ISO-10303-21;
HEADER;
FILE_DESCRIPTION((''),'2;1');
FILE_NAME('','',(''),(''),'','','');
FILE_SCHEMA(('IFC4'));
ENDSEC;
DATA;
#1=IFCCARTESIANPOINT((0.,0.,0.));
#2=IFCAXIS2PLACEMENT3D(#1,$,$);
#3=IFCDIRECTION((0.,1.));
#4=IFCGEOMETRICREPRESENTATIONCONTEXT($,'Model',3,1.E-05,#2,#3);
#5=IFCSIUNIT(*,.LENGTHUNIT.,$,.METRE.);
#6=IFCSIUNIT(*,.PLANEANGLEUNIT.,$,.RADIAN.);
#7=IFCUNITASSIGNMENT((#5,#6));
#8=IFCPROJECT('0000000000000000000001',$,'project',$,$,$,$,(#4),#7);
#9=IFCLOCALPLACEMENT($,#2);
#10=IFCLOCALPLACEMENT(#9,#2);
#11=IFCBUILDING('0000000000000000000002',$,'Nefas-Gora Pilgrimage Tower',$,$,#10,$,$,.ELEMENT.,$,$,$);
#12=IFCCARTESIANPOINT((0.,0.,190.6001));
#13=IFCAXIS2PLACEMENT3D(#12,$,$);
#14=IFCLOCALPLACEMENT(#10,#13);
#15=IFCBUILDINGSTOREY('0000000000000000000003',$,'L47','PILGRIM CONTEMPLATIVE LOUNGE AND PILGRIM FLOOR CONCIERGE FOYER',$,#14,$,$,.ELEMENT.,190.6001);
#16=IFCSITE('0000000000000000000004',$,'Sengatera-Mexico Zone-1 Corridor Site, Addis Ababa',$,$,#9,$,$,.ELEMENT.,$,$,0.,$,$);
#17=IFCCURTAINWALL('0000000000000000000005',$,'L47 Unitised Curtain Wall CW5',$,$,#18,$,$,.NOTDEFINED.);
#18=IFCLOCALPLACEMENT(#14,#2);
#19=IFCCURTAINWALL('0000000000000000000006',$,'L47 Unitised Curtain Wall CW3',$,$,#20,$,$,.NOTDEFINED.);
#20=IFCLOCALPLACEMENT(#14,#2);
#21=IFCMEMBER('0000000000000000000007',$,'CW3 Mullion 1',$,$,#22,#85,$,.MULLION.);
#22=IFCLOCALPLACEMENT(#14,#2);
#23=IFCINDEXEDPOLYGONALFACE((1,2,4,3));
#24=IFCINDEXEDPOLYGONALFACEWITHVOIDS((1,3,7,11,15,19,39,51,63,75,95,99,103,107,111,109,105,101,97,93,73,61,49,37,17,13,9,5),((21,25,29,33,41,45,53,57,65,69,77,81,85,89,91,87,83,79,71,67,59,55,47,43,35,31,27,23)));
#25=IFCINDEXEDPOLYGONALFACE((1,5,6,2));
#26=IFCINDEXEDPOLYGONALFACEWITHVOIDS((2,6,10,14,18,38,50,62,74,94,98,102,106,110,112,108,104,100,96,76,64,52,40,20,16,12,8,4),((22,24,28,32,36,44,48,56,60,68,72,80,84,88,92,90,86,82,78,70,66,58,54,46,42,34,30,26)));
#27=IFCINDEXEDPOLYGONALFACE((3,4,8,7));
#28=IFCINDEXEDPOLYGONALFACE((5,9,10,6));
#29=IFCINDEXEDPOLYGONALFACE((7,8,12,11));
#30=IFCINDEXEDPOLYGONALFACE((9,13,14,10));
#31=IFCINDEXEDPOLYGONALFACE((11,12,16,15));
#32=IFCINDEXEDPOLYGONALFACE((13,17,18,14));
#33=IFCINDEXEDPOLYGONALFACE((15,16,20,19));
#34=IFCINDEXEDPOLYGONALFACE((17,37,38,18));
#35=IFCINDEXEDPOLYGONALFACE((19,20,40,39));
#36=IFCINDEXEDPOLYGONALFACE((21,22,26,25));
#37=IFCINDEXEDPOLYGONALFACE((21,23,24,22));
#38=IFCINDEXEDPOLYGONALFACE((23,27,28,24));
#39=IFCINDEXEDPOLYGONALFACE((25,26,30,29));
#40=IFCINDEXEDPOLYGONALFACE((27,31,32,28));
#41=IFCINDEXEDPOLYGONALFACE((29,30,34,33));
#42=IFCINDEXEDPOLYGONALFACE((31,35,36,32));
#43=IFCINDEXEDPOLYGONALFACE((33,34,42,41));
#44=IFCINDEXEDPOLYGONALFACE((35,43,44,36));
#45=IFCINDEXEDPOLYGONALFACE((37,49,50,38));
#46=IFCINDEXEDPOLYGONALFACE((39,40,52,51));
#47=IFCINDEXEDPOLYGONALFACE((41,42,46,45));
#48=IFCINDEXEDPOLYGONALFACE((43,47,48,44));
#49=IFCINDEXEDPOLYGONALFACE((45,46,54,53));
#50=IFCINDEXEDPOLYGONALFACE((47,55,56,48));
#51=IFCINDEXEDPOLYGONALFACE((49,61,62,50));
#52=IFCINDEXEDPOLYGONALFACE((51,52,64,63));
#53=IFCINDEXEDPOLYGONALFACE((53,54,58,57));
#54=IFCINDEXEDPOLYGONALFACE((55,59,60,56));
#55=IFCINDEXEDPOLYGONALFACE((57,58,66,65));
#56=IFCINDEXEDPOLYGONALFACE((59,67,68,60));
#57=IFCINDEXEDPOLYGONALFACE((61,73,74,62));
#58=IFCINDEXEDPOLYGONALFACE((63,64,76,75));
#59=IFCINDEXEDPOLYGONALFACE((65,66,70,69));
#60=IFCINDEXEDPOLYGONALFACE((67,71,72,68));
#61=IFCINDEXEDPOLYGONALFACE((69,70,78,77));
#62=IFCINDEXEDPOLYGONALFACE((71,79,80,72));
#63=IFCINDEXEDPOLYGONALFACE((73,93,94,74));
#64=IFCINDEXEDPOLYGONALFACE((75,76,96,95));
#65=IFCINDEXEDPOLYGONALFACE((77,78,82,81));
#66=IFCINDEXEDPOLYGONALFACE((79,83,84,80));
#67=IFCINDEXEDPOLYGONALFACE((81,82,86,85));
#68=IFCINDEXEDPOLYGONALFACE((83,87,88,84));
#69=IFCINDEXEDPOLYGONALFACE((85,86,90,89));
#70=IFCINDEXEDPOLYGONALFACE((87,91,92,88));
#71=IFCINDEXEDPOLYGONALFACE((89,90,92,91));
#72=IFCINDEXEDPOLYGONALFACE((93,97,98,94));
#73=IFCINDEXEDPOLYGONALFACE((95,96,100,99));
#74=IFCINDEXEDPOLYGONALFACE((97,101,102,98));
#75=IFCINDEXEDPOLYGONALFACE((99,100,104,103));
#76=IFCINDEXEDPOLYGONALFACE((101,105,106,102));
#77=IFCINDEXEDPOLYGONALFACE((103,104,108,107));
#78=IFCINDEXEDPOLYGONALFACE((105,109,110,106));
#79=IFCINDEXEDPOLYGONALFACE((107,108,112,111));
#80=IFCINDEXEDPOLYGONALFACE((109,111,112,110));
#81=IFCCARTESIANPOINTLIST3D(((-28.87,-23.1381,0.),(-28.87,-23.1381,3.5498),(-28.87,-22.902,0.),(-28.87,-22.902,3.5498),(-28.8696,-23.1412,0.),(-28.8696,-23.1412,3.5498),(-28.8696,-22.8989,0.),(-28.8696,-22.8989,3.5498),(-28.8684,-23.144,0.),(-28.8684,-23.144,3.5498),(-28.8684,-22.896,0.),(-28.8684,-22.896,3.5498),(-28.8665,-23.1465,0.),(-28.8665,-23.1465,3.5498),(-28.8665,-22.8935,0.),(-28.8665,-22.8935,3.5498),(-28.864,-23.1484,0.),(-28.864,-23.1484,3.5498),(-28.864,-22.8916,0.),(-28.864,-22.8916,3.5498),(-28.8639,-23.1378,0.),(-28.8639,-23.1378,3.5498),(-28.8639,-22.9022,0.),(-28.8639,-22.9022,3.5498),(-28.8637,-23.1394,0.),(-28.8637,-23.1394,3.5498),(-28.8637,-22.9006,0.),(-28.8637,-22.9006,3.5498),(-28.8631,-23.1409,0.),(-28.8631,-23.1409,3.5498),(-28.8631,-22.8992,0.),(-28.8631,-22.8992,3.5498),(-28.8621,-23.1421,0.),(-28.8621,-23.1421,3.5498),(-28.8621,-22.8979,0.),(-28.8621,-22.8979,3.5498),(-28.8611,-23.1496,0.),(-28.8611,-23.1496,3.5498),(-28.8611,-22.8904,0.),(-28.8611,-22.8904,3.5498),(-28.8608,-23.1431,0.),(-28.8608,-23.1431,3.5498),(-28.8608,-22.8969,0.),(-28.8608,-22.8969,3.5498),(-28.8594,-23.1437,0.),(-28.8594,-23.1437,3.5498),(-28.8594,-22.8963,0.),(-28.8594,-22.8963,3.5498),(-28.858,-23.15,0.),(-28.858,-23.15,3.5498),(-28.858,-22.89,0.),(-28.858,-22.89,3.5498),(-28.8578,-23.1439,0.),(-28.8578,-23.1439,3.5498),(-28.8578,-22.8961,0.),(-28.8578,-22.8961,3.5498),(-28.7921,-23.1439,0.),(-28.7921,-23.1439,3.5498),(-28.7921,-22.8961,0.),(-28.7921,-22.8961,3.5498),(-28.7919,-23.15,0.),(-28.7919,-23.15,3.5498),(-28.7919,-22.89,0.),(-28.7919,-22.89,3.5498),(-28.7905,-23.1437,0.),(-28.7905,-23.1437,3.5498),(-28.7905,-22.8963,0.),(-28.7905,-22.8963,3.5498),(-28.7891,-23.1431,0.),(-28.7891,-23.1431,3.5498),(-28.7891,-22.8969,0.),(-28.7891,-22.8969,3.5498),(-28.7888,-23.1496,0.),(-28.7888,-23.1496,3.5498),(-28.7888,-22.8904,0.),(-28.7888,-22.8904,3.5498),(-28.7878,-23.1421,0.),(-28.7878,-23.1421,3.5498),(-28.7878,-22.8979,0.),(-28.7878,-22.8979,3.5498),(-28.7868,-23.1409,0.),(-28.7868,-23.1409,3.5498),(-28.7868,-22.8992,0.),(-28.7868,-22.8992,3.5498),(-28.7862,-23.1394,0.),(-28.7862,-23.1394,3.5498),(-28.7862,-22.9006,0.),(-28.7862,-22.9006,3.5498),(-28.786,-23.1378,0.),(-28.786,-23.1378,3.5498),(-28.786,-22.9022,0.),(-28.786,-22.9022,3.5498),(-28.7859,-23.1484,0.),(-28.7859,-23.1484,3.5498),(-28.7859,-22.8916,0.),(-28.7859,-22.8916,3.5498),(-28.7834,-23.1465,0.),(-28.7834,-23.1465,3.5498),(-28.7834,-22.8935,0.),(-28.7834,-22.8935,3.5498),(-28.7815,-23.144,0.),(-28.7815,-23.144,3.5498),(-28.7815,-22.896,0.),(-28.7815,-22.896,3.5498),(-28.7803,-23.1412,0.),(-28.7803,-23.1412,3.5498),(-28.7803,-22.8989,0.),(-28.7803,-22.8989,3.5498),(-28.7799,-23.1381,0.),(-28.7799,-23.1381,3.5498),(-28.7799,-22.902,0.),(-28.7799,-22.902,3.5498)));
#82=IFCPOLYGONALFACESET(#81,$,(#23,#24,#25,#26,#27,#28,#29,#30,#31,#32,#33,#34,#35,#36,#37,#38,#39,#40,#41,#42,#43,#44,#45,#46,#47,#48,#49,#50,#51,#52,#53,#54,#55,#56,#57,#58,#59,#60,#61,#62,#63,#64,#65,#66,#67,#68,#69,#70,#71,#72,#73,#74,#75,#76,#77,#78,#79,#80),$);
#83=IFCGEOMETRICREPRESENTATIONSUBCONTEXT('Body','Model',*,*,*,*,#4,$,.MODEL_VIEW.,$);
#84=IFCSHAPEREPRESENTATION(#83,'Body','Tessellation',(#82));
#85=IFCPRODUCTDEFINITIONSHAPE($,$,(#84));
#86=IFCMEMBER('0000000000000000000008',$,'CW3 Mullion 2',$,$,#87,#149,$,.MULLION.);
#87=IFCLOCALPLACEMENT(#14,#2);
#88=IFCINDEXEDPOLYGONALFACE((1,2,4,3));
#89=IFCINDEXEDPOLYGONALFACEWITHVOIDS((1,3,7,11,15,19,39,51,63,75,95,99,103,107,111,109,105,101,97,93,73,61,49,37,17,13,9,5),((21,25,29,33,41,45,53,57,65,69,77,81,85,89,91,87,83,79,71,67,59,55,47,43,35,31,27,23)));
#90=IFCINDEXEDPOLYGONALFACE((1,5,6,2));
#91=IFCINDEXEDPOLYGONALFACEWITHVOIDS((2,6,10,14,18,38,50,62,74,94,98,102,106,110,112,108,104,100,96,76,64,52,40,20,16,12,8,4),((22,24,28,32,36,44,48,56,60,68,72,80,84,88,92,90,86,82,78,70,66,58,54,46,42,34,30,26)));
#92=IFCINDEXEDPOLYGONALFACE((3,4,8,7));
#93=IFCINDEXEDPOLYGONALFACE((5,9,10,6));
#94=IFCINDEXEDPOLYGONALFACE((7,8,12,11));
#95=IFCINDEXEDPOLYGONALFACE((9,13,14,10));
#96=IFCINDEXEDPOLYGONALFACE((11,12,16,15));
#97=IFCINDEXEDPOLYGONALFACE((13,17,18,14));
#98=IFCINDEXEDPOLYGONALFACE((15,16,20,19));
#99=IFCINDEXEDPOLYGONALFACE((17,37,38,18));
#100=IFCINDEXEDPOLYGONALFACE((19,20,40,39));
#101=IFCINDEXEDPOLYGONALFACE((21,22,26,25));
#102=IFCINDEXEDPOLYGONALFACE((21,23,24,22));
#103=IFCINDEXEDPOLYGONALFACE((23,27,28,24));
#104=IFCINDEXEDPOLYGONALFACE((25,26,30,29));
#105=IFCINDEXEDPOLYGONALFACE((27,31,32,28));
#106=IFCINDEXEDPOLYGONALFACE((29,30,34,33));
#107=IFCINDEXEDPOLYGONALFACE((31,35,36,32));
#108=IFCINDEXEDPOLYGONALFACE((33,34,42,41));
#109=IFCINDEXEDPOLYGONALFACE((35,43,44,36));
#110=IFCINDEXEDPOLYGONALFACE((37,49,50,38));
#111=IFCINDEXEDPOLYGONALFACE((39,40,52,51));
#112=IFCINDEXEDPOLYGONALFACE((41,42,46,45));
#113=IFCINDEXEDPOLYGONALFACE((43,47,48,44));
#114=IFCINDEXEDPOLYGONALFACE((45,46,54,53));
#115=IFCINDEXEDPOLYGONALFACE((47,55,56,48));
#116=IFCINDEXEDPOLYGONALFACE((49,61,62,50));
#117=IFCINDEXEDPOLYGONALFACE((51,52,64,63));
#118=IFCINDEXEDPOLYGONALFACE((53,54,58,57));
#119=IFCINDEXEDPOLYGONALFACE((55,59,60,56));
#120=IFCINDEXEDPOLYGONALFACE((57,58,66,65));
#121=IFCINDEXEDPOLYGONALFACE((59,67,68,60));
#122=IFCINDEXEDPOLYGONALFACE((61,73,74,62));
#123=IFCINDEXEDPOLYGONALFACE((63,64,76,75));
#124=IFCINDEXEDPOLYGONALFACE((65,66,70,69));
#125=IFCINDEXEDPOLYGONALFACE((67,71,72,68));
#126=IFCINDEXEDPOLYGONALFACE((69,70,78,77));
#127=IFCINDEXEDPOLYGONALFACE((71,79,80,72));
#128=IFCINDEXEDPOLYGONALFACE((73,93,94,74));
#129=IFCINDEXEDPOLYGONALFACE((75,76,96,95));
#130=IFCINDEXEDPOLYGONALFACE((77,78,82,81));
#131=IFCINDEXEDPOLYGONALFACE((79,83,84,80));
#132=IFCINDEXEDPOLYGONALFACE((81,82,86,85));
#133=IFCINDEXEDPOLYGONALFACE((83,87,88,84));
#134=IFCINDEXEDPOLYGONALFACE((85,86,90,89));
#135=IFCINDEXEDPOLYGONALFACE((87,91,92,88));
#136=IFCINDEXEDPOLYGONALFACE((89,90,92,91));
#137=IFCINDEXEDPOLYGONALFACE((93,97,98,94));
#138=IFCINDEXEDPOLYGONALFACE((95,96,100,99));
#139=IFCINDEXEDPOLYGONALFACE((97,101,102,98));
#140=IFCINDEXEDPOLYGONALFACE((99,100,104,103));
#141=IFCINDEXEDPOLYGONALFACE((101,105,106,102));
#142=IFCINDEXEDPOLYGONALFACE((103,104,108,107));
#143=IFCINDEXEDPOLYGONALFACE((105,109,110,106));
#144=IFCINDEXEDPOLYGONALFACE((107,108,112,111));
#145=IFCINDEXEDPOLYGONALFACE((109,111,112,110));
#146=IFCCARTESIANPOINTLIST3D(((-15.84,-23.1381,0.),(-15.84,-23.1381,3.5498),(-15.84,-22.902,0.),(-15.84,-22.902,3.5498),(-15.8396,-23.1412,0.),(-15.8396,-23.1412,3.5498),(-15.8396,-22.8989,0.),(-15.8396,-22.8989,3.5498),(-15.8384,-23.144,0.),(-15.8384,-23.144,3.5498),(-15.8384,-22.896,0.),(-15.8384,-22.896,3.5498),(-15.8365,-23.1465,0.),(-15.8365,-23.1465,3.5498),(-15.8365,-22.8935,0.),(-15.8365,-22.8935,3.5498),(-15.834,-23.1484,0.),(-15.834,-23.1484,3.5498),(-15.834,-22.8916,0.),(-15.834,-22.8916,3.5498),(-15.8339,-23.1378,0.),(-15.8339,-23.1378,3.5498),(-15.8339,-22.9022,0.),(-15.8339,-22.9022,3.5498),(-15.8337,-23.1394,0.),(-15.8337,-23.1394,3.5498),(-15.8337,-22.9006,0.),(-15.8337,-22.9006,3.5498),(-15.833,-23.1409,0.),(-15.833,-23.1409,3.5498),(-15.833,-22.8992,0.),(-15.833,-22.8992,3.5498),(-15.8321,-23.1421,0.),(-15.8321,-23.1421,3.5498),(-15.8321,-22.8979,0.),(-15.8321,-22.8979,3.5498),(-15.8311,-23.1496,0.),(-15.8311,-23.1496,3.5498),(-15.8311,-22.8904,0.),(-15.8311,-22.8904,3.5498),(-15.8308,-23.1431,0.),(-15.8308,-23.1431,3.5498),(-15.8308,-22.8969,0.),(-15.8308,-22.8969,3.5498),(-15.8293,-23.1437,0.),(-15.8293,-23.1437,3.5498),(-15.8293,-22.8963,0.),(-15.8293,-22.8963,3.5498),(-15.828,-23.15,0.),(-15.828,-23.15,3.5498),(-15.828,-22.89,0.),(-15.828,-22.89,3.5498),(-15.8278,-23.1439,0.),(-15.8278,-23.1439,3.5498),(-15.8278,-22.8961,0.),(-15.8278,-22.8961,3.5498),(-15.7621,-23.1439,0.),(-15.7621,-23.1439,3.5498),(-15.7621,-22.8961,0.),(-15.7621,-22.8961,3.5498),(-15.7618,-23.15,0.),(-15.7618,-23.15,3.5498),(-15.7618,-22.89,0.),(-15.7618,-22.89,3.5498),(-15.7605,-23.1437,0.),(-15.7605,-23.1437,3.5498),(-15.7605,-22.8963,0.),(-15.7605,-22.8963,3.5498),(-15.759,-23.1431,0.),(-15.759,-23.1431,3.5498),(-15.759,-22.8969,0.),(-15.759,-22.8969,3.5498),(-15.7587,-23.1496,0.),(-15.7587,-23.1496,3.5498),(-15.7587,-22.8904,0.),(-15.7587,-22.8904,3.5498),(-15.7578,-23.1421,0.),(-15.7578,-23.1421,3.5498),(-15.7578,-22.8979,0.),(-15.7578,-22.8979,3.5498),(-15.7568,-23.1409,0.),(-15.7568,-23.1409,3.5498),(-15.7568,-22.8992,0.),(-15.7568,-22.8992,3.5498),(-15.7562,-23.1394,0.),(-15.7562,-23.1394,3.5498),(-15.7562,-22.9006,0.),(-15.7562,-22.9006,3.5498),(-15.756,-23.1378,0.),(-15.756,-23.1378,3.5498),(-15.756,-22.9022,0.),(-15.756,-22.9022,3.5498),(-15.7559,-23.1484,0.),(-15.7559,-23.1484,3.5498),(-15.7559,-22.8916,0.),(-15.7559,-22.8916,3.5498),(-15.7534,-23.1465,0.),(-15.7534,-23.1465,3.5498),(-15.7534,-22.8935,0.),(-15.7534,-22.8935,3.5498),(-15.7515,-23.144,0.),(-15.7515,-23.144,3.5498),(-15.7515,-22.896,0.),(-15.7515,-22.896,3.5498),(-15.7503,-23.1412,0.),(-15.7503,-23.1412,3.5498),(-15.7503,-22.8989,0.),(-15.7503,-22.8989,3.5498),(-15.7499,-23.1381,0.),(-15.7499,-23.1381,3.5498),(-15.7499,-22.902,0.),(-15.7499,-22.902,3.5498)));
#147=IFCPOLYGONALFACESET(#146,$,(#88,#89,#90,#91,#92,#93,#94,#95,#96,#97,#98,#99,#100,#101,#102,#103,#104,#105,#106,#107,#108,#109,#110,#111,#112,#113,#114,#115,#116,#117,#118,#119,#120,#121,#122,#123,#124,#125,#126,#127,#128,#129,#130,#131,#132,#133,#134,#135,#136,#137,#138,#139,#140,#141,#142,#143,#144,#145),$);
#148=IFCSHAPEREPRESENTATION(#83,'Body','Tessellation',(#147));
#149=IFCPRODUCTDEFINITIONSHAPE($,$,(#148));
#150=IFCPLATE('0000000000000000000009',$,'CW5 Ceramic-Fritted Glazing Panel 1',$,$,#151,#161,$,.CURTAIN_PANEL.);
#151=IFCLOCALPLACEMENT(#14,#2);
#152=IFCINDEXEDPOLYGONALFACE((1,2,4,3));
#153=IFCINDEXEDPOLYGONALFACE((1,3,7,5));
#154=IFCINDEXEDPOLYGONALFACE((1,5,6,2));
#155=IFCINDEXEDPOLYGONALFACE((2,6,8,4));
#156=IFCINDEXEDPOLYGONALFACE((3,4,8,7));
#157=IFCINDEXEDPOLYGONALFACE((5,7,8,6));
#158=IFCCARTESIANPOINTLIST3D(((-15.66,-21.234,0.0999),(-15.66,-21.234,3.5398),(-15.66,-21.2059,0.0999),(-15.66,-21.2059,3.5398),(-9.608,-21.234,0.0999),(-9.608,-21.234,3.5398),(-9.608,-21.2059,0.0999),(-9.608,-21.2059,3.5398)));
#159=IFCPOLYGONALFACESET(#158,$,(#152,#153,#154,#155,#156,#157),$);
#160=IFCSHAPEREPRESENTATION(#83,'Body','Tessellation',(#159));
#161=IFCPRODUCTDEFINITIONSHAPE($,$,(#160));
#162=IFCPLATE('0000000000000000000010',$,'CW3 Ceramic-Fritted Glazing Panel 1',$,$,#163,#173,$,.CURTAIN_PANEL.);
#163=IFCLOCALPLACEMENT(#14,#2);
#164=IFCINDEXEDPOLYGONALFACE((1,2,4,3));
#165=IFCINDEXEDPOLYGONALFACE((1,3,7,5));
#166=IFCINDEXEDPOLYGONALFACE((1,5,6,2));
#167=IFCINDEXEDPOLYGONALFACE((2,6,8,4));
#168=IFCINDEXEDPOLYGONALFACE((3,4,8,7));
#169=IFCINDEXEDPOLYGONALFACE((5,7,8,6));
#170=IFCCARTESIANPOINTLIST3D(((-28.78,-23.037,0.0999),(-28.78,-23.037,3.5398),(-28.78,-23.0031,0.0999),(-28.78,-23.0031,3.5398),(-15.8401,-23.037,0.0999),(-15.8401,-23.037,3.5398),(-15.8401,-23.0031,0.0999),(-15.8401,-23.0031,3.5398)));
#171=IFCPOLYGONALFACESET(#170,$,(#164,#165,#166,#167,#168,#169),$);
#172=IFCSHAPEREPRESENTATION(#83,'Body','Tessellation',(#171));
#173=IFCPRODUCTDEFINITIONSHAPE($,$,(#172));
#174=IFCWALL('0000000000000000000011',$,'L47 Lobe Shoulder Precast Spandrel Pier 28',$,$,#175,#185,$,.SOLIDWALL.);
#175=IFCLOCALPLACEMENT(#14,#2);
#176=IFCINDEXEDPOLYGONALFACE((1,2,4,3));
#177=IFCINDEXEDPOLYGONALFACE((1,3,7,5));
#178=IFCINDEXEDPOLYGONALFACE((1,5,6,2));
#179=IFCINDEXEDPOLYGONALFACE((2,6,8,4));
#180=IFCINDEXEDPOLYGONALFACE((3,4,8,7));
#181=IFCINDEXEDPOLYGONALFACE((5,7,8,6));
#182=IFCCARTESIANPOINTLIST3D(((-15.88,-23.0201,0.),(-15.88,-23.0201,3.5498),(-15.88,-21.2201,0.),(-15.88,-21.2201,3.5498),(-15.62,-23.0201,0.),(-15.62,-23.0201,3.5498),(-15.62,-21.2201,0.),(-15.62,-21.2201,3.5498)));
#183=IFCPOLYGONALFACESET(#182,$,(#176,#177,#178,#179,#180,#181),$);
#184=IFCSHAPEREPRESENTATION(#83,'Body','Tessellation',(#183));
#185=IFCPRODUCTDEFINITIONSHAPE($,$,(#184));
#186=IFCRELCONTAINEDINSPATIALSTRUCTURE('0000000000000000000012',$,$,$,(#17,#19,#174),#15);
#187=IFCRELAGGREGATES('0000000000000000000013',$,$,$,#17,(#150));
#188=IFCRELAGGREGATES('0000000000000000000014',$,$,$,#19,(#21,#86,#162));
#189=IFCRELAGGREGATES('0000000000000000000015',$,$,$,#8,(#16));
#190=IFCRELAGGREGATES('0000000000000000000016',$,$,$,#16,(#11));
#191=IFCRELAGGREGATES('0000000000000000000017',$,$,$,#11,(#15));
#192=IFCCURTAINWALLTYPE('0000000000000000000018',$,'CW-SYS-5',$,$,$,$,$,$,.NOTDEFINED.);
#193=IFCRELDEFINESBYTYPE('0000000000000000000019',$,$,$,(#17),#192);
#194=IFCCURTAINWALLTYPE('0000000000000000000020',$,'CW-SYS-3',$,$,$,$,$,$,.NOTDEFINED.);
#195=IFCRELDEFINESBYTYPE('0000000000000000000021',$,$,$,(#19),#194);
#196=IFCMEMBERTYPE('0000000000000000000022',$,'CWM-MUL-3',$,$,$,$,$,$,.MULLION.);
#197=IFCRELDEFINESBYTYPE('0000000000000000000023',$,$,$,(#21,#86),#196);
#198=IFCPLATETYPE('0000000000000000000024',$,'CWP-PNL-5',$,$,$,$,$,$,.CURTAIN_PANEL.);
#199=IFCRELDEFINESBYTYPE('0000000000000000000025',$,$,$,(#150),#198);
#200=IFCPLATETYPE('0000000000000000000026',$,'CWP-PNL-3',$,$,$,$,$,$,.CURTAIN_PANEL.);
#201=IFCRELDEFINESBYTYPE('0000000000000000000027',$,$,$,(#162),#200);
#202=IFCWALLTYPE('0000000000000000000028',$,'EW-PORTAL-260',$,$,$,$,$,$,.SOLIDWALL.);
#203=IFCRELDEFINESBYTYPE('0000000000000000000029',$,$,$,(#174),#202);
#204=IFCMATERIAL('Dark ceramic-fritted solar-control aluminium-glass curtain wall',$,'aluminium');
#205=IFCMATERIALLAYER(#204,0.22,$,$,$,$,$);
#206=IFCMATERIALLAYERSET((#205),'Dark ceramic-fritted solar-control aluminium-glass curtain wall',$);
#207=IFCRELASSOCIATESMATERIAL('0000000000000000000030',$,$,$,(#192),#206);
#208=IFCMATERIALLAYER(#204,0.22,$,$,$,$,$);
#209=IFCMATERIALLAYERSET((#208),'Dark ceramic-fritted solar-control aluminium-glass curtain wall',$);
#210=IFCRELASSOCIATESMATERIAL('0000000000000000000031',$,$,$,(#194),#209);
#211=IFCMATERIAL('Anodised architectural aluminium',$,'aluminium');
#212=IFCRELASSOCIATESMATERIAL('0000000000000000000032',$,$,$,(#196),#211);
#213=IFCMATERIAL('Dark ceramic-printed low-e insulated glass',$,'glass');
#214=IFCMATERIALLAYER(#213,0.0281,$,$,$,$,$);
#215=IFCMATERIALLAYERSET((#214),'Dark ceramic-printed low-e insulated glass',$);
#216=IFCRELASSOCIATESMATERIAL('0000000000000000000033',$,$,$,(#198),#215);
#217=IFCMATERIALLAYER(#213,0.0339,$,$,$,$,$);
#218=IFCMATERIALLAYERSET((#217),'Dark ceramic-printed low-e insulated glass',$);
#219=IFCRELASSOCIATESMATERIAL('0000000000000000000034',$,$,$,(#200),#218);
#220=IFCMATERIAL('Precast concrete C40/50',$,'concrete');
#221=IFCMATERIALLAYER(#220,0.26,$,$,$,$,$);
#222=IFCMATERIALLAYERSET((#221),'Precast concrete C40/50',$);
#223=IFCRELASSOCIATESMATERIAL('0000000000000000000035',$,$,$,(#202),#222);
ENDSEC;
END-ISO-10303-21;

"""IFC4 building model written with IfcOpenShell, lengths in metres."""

from ifc_helpers import new_model, si_unit, direction, frame, frame_2d, origin, origin_2d, place, context, subcontext, project, spatial, rectangle, hollow_rectangle, extrude, source, transform, mapped, material, layer, layer_set, material_profile, profile_set, type_object, element, aggregate, save


model = new_model("IFC4")

# Units and contexts
model_context = context("Model", 3, precision=1e-05, world=origin(), true_north=direction((0.0, 1.0)))
body_context = subcontext(model_context, "Body", "Model", "MODEL_VIEW")
ifc_project = project(units=[si_unit("LENGTHUNIT", "METRE"), si_unit("PLANEANGLEUNIT", "RADIAN")], contexts=[model_context])

# Site, building, storey
site_placement = place(None, origin())
site = spatial("IfcSite", under=ifc_project, at=site_placement, Name="Sengatera-Mexico Zone-1 Corridor Site, Addis Ababa", CompositionType="ELEMENT", RefElevation=0.0)
building_placement = place(site_placement, origin())
building = spatial("IfcBuilding", under=site, at=building_placement, Name="Nefas-Gora Pilgrimage Tower", CompositionType="ELEMENT")
storey_placement = place(building_placement, frame((0.0, 0.0, 190.6001)))
storey = spatial("IfcBuildingStorey", under=building, at=storey_placement, Name="L47", Description="PILGRIM CONTEMPLATIVE LOUNGE AND PILGRIM FLOOR CONCIERGE FOYER", CompositionType="ELEMENT", Elevation=190.6001)

# Curtain wall
ifc_material_1 = material(Name="Dark ceramic-fritted solar-control aluminium-glass curtain wall", Category="aluminium")
ifc_layer_1 = layer(ifc_material_1, 0.22)
ifc_layer_set_1 = layer_set([ifc_layer_1], Name="Dark ceramic-fritted solar-control aluminium-glass curtain wall")
curtain_wall_type_1 = type_object("IfcCurtainWallType", Name="CW-SYS-5", PredefinedType="NOTDEFINED", material=ifc_layer_set_1)
curtain_wall_1_placement = place(storey_placement, origin())
curtain_wall_1 = element("IfcCurtainWall", 1, at=curtain_wall_1_placement, inside=storey, type_object=curtain_wall_type_1, Name="L47 Unitised Curtain Wall CW5", PredefinedType="NOTDEFINED")
ifc_material_2 = material(Name="Anodised architectural aluminium", Category="aluminium")

# Curtain wall
ifc_layer_2 = layer(ifc_material_1, 0.22)
ifc_layer_set_2 = layer_set([ifc_layer_2], Name="Dark ceramic-fritted solar-control aluminium-glass curtain wall")
curtain_wall_type_2 = type_object("IfcCurtainWallType", Name="CW-SYS-3", PredefinedType="NOTDEFINED", material=ifc_layer_set_2)
curtain_wall_2_placement = place(storey_placement, origin())
curtain_wall_2 = element("IfcCurtainWall", 2, at=curtain_wall_2_placement, inside=storey, type_object=curtain_wall_type_2, Name="L47 Unitised Curtain Wall CW3", PredefinedType="NOTDEFINED")
ifc_material_profile_1 = material_profile(ifc_material_2, hollow_rectangle(XDim=0.0901, YDim=0.26, WallThickness=0.0061, InnerFilletRadius=0.0061, OuterFilletRadius=0.012, at=origin_2d()), Name="ALU MULLION 90x260")
ifc_profile_set_1 = profile_set([ifc_material_profile_1], Name="Anodised architectural aluminium")
member_type_1 = type_object("IfcMemberType", Name="CWM-MUL-3", PredefinedType="MULLION", material=ifc_profile_set_1)
shared_shape_1 = source(origin(), body_context, "Body", "SweptSolid", [
    extrude(hollow_rectangle(XDim=0.0901, YDim=0.26, WallThickness=0.0061, InnerFilletRadius=0.0061, OuterFilletRadius=0.012, at=origin_2d()), origin(), (0.0, 0.0, 1.0), 3.5498),
])

# Members
member_1_placement = place(storey_placement, frame((-28.825, -23.02, 0.0), z_axis=(0.0, 0.0, 1.0), x_axis=(1.0, 0.0, 0.0)))
member_1 = element("IfcMember", 3, at=member_1_placement, type_object=member_type_1, Name="CW3 Mullion 1", PredefinedType="MULLION", context=body_context, shape_type="MappedRepresentation", body=[
    mapped(shared_shape_1, transform((0.0, 0.0, 0.0), x_axis=(1.0, 0.0, 0.0), y_axis=(0.0, 1.0, 0.0), z_axis=(0.0, 0.0, 1.0), scale=1.0)),
])
member_2_placement = place(storey_placement, frame((-15.7949, -23.02, 0.0), z_axis=(0.0, 0.0, 1.0), x_axis=(1.0, 0.0, 0.0)))
member_2 = element("IfcMember", 4, at=member_2_placement, type_object=member_type_1, Name="CW3 Mullion 2", PredefinedType="MULLION", context=body_context, shape_type="MappedRepresentation", body=[
    mapped(shared_shape_1, transform((0.0, 0.0, 0.0), x_axis=(1.0, 0.0, 0.0), y_axis=(0.0, 1.0, 0.0), z_axis=(0.0, 0.0, 1.0), scale=1.0)),
])

# Plates
ifc_material_3 = material(Name="Dark ceramic-printed low-e insulated glass", Category="glass")
ifc_layer_3 = layer(ifc_material_3, 0.0281)
ifc_layer_set_3 = layer_set([ifc_layer_3], Name="Dark ceramic-printed low-e insulated glass")
plate_type_1 = type_object("IfcPlateType", Name="CWP-PNL-5", PredefinedType="CURTAIN_PANEL", material=ifc_layer_set_3)
shared_shape_2 = source(origin(), body_context, "Body", "SweptSolid", [
    extrude(rectangle(XDim=6.052, YDim=0.0281, at=origin_2d()), origin(), (0.0, 0.0, 1.0), 3.4399),
])
plate_1_placement = place(storey_placement, frame((-12.634, -21.22, 0.0999), z_axis=(0.0, 0.0, 1.0), x_axis=(1.0, 0.0, 0.0)))
plate_1 = element("IfcPlate", 5, at=plate_1_placement, type_object=plate_type_1, Name="CW5 Ceramic-Fritted Glazing Panel 1", PredefinedType="CURTAIN_PANEL", context=body_context, shape_type="MappedRepresentation", body=[
    mapped(shared_shape_2, transform((0.0, 0.0, 0.0), x_axis=(1.0, 0.0, 0.0), y_axis=(0.0, 1.0, 0.0), z_axis=(0.0, 0.0, 1.0), scale=1.0)),
])
aggregate(curtain_wall_1, [plate_1])
ifc_layer_4 = layer(ifc_material_3, 0.0339)
ifc_layer_set_4 = layer_set([ifc_layer_4], Name="Dark ceramic-printed low-e insulated glass")
plate_type_2 = type_object("IfcPlateType", Name="CWP-PNL-3", PredefinedType="CURTAIN_PANEL", material=ifc_layer_set_4)
shared_shape_3 = source(origin(), body_context, "Body", "SweptSolid", [
    extrude(rectangle(XDim=12.9399, YDim=0.0339, at=origin_2d()), origin(), (0.0, 0.0, 1.0), 3.4399),
])
plate_2_placement = place(storey_placement, frame((-22.3101, -23.02, 0.0999), z_axis=(0.0, 0.0, 1.0), x_axis=(1.0, 0.0, 0.0)))
plate_2 = element("IfcPlate", 6, at=plate_2_placement, type_object=plate_type_2, Name="CW3 Ceramic-Fritted Glazing Panel 1", PredefinedType="CURTAIN_PANEL", context=body_context, shape_type="MappedRepresentation", body=[
    mapped(shared_shape_3, transform((0.0, 0.0, 0.0), x_axis=(1.0, 0.0, 0.0), y_axis=(0.0, 1.0, 0.0), z_axis=(0.0, 0.0, 1.0), scale=1.0)),
])
aggregate(curtain_wall_2, [member_1, member_2, plate_2])

# Wall
ifc_material_4 = material(Name="Precast concrete C40/50", Category="concrete")
ifc_layer_5 = layer(ifc_material_4, 0.26)
ifc_layer_set_5 = layer_set([ifc_layer_5], Name="Precast concrete C40/50")
wall_type_1 = type_object("IfcWallType", Name="EW-PORTAL-260", PredefinedType="SOLIDWALL", material=ifc_layer_set_5)
shared_shape_4 = source(origin(), body_context, "Body", "SweptSolid", [
    extrude(rectangle(XDim=1.8, YDim=0.26, at=frame_2d((0.8999, 0.0))), origin(), (0.0, 0.0, 1.0), 3.5498),
])
wall_1_placement = place(storey_placement, frame((-15.75, -23.02, 0.0), z_axis=(0.0, 0.0, 1.0), x_axis=(0.0, 1.0, 0.0)))
element("IfcWall", 7, at=wall_1_placement, inside=storey, type_object=wall_type_1, Name="L47 Lobe Shoulder Precast Spandrel Pier 28", PredefinedType="SOLIDWALL", context=body_context, shape_type="MappedRepresentation", body=[
    mapped(shared_shape_4, transform((0.0, 0.0, 0.0), x_axis=(1.0, 0.0, 0.0), y_axis=(0.0, 1.0, 0.0), z_axis=(0.0, 0.0, 1.0), scale=1.0)),
])

save(model, "model.ifc")
